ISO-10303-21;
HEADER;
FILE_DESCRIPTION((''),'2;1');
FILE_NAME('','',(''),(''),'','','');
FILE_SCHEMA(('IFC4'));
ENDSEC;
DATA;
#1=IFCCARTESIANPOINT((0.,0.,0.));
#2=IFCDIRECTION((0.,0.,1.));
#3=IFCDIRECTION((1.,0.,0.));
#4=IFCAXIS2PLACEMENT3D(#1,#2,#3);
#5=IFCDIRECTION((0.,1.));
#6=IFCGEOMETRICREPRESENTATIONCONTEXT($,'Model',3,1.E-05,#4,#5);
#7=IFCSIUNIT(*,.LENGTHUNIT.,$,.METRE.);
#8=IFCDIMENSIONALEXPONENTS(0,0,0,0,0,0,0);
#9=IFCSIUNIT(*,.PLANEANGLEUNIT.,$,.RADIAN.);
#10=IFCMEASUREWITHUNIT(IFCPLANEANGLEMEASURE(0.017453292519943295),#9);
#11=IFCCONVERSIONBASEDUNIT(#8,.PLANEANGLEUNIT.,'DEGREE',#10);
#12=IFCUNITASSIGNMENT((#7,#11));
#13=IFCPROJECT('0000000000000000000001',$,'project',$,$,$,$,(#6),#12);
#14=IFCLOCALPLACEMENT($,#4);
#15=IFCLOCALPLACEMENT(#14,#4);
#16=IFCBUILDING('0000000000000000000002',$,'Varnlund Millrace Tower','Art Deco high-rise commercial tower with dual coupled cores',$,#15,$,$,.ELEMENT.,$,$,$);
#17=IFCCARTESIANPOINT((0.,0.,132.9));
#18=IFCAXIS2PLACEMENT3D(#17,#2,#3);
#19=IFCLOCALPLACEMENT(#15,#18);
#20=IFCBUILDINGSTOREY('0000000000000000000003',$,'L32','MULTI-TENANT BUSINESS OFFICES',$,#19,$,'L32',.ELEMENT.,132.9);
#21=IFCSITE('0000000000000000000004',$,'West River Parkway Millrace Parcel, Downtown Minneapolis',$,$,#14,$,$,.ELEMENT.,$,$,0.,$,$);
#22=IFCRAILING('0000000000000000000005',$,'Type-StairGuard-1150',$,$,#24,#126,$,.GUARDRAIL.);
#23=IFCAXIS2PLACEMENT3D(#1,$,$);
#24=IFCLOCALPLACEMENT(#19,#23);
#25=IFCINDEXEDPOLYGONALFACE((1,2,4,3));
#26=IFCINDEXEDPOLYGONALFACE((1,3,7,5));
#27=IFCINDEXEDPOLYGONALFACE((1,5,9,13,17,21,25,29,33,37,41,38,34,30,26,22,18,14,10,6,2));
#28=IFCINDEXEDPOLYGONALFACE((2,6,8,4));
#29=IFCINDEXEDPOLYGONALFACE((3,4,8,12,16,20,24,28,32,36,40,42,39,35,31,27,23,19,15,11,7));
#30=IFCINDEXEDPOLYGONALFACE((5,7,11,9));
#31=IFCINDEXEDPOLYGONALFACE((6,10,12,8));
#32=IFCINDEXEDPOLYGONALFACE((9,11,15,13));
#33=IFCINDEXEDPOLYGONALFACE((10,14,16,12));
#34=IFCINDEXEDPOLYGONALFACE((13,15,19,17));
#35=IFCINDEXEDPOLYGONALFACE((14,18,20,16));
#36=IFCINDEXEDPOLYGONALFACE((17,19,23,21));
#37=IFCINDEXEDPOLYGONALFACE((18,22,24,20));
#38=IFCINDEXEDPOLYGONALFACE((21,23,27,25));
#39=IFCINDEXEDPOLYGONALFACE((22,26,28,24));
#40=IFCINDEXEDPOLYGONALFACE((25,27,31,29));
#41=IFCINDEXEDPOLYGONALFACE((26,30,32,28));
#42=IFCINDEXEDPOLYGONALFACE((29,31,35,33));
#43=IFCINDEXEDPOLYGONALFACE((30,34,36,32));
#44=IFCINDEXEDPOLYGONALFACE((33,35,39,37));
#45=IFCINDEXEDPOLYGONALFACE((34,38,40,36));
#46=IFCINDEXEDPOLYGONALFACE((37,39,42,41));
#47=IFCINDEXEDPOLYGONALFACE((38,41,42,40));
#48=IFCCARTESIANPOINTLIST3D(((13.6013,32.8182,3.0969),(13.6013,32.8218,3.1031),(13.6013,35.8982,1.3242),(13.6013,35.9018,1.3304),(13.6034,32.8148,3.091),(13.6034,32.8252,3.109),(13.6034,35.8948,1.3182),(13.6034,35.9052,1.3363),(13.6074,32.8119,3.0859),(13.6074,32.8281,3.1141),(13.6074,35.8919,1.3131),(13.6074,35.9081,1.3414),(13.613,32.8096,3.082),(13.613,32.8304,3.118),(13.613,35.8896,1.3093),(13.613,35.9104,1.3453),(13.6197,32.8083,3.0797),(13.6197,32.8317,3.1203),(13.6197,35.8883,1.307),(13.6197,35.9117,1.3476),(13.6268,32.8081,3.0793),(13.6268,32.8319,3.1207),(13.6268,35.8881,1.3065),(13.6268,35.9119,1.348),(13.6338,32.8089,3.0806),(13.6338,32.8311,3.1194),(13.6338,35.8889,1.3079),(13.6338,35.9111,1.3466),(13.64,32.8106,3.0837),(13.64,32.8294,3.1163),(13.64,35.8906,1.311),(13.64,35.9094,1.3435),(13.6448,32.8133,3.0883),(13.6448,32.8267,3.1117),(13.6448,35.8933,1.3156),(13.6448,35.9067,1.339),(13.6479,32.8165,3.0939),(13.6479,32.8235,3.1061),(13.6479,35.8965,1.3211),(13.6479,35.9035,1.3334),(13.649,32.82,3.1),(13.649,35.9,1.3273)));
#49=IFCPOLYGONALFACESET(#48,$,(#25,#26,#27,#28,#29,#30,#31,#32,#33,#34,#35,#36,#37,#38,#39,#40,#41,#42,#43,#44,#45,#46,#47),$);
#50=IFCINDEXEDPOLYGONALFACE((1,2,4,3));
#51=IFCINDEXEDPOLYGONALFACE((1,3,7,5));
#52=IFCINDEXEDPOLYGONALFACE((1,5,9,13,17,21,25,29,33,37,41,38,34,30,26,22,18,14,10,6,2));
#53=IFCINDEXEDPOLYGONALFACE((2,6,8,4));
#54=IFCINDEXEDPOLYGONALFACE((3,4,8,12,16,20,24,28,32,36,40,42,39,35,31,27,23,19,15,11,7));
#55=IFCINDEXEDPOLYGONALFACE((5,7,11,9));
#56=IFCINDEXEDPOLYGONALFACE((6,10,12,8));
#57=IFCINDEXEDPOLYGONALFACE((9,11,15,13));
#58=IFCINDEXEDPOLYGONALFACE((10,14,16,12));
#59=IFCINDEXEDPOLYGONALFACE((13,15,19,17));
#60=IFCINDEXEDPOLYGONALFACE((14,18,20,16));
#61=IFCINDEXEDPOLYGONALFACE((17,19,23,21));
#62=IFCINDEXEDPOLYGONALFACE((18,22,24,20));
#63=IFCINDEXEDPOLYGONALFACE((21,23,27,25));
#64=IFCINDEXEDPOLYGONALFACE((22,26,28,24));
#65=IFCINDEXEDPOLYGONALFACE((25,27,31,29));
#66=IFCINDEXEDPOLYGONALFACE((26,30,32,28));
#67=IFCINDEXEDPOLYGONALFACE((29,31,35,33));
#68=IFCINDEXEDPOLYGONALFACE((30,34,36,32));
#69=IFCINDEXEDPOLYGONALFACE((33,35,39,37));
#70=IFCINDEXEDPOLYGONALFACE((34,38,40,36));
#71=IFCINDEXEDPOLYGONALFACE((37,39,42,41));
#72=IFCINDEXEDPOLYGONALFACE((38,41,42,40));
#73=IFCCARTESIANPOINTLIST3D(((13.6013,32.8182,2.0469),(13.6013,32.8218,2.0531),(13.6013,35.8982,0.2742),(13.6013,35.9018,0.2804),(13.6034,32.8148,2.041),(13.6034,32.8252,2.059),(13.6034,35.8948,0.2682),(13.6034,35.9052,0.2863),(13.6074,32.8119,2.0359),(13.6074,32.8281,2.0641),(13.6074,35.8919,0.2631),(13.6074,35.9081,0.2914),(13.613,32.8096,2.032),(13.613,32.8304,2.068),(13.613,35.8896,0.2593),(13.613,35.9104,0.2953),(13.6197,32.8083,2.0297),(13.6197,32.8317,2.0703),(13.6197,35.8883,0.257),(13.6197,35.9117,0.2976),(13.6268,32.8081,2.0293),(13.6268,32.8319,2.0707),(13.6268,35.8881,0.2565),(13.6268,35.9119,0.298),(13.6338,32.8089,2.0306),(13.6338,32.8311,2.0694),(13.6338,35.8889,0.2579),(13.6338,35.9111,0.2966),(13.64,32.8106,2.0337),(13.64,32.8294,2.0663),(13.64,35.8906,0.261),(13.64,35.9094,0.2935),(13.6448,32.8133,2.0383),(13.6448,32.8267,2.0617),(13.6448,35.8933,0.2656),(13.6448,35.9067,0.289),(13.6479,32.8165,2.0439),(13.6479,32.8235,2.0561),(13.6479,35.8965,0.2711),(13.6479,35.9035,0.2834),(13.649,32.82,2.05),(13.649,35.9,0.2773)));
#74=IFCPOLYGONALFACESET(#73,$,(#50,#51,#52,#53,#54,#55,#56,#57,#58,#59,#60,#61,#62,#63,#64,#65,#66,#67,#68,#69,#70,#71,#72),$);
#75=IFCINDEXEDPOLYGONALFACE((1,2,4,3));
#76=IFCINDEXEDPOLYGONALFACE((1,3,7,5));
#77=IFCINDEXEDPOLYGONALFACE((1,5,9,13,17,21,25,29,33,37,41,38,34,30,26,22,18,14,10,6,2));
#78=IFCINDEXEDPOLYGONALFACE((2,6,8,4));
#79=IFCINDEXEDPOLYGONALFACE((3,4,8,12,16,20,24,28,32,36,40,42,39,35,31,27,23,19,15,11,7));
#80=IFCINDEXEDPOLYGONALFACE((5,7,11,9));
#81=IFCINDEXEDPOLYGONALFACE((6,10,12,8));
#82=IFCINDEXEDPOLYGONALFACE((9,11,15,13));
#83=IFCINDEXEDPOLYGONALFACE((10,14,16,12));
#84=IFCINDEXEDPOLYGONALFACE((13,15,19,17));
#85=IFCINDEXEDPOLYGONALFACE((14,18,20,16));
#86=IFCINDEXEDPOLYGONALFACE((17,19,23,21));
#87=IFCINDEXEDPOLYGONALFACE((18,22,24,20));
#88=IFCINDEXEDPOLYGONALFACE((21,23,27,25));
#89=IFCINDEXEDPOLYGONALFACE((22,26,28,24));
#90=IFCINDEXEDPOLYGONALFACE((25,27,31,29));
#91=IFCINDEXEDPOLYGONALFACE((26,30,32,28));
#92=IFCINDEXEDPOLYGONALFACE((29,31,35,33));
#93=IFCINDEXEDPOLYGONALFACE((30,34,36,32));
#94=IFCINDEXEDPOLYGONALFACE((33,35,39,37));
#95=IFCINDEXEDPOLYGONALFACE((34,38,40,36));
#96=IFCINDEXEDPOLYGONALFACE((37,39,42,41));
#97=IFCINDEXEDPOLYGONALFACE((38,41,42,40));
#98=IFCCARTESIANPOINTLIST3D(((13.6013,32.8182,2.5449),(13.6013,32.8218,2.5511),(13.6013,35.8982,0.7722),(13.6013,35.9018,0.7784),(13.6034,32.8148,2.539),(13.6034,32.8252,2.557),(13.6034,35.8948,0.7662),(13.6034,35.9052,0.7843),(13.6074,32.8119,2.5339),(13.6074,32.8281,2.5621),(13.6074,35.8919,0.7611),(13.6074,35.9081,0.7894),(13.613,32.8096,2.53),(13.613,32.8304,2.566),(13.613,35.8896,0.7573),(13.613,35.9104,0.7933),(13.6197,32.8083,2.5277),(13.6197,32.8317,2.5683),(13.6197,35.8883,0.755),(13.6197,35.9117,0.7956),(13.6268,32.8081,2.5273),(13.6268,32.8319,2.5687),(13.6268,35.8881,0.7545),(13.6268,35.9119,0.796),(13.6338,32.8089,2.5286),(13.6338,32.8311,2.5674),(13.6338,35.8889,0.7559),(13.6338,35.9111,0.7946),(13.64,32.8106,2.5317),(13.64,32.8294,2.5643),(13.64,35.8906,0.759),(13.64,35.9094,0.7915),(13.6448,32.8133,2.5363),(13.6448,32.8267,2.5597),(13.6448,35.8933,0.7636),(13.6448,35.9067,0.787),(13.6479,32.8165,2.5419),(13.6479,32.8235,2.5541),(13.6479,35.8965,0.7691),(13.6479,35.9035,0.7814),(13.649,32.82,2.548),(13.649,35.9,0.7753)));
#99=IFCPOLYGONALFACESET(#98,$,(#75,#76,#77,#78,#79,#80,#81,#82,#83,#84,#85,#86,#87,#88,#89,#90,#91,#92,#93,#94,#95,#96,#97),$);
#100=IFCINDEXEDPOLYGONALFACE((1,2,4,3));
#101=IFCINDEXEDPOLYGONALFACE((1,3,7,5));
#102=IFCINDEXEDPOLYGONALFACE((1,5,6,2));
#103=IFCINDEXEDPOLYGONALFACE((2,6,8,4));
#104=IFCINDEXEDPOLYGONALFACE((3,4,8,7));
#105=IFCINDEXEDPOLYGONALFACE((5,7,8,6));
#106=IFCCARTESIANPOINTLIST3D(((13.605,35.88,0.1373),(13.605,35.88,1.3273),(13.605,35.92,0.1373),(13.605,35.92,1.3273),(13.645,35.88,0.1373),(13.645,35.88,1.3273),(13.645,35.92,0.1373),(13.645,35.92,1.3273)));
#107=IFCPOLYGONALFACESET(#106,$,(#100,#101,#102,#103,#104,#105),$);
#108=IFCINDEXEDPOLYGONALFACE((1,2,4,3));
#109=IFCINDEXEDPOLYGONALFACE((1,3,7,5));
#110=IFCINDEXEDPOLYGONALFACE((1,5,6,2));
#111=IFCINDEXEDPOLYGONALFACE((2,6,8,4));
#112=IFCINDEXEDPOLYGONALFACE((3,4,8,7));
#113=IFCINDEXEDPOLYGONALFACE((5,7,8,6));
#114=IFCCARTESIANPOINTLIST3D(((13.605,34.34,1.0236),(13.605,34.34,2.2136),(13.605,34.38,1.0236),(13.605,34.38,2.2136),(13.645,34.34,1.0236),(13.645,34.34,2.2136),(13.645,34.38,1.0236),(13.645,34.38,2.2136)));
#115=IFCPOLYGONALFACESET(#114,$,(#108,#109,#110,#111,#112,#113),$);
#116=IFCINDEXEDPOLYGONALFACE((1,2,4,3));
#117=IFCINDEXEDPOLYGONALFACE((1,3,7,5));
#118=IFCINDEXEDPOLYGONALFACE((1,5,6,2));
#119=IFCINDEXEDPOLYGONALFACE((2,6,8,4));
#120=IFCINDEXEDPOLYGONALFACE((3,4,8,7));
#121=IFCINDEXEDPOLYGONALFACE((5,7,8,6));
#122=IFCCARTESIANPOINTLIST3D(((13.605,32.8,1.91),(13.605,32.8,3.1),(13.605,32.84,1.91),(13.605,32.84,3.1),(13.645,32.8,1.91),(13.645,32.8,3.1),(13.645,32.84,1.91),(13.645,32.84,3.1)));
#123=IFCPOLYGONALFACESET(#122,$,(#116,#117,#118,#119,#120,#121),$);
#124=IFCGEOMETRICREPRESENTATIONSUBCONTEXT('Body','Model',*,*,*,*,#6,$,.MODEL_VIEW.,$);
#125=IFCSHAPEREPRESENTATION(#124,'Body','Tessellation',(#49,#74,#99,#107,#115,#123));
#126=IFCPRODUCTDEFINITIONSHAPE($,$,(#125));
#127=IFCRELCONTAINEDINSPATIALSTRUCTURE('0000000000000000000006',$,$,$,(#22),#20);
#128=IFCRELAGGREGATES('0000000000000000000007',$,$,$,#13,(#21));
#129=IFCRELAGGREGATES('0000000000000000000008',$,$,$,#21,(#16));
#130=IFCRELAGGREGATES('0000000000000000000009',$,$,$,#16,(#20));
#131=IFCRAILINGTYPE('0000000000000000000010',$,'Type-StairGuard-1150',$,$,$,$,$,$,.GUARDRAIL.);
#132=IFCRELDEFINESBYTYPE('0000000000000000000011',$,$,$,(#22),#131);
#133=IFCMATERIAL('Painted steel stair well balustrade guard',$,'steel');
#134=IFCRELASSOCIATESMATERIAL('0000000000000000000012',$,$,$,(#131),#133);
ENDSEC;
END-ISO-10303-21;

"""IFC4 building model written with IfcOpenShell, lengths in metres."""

from ifc_helpers import new_model, entity, si_unit, converted_unit, direction, frame, origin_with_axes, origin_2d_with_axis, place, context, subcontext, project, spatial, rectangle, circle, extrude, material, type_object, element, save


model = new_model("IFC4")

# Units and contexts
model_context = context("Model", 3, precision=1e-05, world=origin_with_axes(), true_north=direction((0.0, 1.0)))
body_context = subcontext(model_context, "Body", "Model", "MODEL_VIEW")
ifc_project = project(units=[si_unit("LENGTHUNIT", "METRE"), converted_unit("PLANEANGLEUNIT", "DEGREE", entity("IfcPlaneAngleMeasure", 0.017453292519943295), si_unit("PLANEANGLEUNIT", "RADIAN"), dimensions=[0, 0, 0, 0, 0, 0, 0])], contexts=[model_context])

# Site, building, storey
site_placement = place(None, origin_with_axes())
site = spatial("IfcSite", under=ifc_project, at=site_placement, Name="West River Parkway Millrace Parcel, Downtown Minneapolis", CompositionType="ELEMENT", RefElevation=0.0)
building_placement = place(site_placement, origin_with_axes())
building = spatial("IfcBuilding", under=site, at=building_placement, Name="Varnlund Millrace Tower", Description="Art Deco high-rise commercial tower with dual coupled cores", CompositionType="ELEMENT")
storey_placement = place(building_placement, frame((0.0, 0.0, 132.9), z_axis=(0.0, 0.0, 1.0), x_axis=(1.0, 0.0, 0.0)))
storey = spatial("IfcBuildingStorey", under=building, at=storey_placement, Name="L32", Description="MULTI-TENANT BUSINESS OFFICES", LongName="L32", CompositionType="ELEMENT", Elevation=132.9)

# Railing
ifc_material_1 = material(Name="Painted steel stair well balustrade guard", Category="steel")
railing_type_1 = type_object("IfcRailingType", Name="Type-StairGuard-1150", PredefinedType="GUARDRAIL", material=ifc_material_1)
railing_1_placement = place(storey_placement, frame((0.0, 0.0, -132.9), z_axis=(0.0, 0.0, 1.0), x_axis=(1.0, 0.0, 0.0)))
element("IfcRailing", 1, at=railing_1_placement, inside=storey, type_object=railing_type_1, Name="Type-StairGuard-1150", PredefinedType="GUARDRAIL", context=body_context, shape_type="SweptSolid", body=[
    extrude(circle(Radius=0.024, at=origin_2d_with_axis()), frame((13.625, 35.9, 134.2273), z_axis=(0.0, -0.866696, 0.498836), x_axis=(1.0, 0.0, 0.0)), (0.0, 0.0, 1.0), 3.5537),
    extrude(circle(Radius=0.024, at=origin_2d_with_axis()), frame((13.625, 35.9, 133.1773), z_axis=(0.0, -0.866696, 0.498836), x_axis=(1.0, 0.0, 0.0)), (0.0, 0.0, 1.0), 3.5537),
    extrude(circle(Radius=0.024, at=origin_2d_with_axis()), frame((13.625, 35.9, 133.6753), z_axis=(0.0, -0.866696, 0.498836), x_axis=(1.0, 0.0, 0.0)), (0.0, 0.0, 1.0), 3.5537),
    extrude(rectangle(XDim=0.04, YDim=0.04, at=origin_2d_with_axis()), frame((13.625, 35.9, 133.0373), z_axis=(0.0, 0.0, 1.0), x_axis=(1.0, 0.0, 0.0)), (0.0, 0.0, 1.0), 1.19),
    extrude(rectangle(XDim=0.04, YDim=0.04, at=origin_2d_with_axis()), frame((13.625, 34.36, 133.9236), z_axis=(0.0, 0.0, 1.0), x_axis=(1.0, 0.0, 0.0)), (0.0, 0.0, 1.0), 1.19),
    extrude(rectangle(XDim=0.04, YDim=0.04, at=origin_2d_with_axis()), frame((13.625, 32.82, 134.81), z_axis=(0.0, 0.0, 1.0), x_axis=(1.0, 0.0, 0.0)), (0.0, 0.0, 1.0), 1.19),
])

save(model, "model.ifc")
